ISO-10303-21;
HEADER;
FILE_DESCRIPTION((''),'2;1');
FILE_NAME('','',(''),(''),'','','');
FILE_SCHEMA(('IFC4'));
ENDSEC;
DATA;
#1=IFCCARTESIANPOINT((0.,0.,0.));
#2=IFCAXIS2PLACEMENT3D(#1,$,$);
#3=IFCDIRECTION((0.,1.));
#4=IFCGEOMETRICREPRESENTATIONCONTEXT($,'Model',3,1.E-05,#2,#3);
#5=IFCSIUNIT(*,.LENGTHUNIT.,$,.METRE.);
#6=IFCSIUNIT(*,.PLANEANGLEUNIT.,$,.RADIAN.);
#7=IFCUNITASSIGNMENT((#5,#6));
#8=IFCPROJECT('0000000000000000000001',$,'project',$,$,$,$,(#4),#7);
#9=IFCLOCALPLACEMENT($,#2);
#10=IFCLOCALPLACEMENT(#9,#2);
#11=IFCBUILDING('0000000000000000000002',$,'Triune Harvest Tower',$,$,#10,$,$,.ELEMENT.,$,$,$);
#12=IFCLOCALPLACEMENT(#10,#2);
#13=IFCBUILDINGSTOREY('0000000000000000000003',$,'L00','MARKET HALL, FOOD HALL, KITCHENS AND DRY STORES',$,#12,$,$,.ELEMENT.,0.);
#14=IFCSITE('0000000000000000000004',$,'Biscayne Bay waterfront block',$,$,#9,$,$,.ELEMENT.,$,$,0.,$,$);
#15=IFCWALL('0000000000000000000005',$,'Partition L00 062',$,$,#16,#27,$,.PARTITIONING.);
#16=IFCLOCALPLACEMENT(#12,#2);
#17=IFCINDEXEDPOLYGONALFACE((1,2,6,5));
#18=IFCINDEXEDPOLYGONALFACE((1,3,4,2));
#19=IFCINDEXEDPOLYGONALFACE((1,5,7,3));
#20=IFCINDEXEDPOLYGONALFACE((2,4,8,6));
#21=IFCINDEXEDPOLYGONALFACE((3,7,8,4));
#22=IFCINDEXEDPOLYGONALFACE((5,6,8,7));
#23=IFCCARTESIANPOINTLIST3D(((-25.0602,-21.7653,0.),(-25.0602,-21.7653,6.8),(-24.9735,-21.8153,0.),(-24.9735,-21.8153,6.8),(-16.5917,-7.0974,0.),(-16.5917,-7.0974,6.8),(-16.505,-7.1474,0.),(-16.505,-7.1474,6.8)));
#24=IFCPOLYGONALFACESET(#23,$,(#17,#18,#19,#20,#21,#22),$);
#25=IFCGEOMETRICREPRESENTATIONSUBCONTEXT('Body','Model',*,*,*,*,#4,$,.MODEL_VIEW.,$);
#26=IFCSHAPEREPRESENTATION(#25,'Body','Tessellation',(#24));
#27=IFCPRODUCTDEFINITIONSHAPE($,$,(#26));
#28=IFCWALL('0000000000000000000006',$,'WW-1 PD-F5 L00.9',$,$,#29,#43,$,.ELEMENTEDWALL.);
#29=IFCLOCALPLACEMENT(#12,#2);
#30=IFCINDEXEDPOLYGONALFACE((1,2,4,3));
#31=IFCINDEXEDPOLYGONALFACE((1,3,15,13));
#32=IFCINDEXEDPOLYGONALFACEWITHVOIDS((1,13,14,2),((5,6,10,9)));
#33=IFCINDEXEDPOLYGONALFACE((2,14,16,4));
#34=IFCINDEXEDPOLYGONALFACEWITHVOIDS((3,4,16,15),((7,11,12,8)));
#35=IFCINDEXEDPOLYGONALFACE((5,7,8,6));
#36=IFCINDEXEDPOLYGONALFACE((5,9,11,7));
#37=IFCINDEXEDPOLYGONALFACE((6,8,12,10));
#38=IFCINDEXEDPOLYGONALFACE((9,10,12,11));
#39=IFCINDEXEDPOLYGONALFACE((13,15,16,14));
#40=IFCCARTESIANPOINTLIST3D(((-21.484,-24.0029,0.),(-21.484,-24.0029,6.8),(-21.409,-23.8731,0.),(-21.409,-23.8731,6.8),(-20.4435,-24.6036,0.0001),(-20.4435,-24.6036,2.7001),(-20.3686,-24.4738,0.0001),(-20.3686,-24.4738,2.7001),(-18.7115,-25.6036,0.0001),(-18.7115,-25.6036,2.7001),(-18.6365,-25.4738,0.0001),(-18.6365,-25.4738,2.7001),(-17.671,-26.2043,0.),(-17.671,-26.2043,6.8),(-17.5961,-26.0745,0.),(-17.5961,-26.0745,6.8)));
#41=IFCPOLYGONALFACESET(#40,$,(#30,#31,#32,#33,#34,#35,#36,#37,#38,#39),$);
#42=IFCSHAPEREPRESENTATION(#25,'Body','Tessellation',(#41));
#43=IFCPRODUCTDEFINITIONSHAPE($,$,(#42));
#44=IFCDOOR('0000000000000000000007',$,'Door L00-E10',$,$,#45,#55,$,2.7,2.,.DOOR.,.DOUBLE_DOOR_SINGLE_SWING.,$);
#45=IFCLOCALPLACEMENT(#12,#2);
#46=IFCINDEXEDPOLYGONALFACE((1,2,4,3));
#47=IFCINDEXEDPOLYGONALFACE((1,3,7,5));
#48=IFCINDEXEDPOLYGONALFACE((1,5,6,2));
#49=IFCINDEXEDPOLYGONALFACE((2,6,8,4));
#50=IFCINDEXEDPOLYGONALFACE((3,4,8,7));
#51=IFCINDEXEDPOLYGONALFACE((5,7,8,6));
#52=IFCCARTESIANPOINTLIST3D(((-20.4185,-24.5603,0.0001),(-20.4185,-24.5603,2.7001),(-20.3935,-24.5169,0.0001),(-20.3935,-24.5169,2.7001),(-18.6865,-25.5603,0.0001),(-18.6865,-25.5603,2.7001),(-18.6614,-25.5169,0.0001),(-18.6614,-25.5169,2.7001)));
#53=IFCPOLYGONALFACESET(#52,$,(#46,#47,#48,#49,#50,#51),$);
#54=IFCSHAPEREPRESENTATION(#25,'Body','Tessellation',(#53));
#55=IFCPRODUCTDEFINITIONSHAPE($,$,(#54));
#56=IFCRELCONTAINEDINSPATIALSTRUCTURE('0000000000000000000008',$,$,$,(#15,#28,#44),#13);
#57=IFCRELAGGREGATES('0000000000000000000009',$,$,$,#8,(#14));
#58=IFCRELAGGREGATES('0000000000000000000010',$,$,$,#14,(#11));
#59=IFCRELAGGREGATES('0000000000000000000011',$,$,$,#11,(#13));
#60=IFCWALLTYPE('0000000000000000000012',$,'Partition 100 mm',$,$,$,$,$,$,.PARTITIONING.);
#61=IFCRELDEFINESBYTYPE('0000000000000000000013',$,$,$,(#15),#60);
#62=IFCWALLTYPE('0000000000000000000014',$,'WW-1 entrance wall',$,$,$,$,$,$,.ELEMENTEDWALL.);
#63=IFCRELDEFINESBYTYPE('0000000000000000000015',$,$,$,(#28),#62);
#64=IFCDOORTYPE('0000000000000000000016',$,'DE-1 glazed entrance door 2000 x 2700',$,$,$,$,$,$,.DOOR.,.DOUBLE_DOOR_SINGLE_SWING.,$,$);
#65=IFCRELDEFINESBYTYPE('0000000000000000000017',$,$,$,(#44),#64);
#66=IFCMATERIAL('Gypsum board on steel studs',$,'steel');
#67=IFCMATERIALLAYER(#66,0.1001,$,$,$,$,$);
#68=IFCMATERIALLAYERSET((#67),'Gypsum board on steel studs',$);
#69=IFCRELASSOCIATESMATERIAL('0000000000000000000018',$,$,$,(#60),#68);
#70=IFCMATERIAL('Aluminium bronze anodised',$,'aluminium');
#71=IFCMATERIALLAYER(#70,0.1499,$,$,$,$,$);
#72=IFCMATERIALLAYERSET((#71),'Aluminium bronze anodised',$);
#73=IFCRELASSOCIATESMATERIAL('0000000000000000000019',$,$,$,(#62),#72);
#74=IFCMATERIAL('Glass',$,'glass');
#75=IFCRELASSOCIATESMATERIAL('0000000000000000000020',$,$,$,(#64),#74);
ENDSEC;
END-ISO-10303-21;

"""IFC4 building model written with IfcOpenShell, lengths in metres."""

from ifc_helpers import new_model, si_unit, direction, frame, frame_2d, origin, place, context, subcontext, project, spatial, rectangle, extrude, source, transform, mapped, material, layer, layer_set, type_object, element, fill, save


model = new_model("IFC4")

# Units and contexts
model_context = context("Model", 3, precision=1e-05, world=origin(), true_north=direction((0.0, 1.0)))
body_context = subcontext(model_context, "Body", "Model", "MODEL_VIEW")
ifc_project = project(units=[si_unit("LENGTHUNIT", "METRE"), si_unit("PLANEANGLEUNIT", "RADIAN")], contexts=[model_context])

# Site, building, storey
site_placement = place(None, origin())
site = spatial("IfcSite", under=ifc_project, at=site_placement, Name="Biscayne Bay waterfront block", CompositionType="ELEMENT", RefElevation=0.0)
building_placement = place(site_placement, origin())
building = spatial("IfcBuilding", under=site, at=building_placement, Name="Triune Harvest Tower", CompositionType="ELEMENT")
storey_placement = place(building_placement, origin())
storey = spatial("IfcBuildingStorey", under=building, at=storey_placement, Name="L00", Description="MARKET HALL, FOOD HALL, KITCHENS AND DRY STORES", CompositionType="ELEMENT", Elevation=0.0)

# Wall
ifc_material_1 = material(Name="Gypsum board on steel studs", Category="steel")
ifc_layer_1 = layer(ifc_material_1, 0.1001)
ifc_layer_set_1 = layer_set([ifc_layer_1], Name="Gypsum board on steel studs")
wall_type_1 = type_object("IfcWallType", Name="Partition 100 mm", PredefinedType="PARTITIONING", material=ifc_layer_set_1)
wall_1_placement = place(storey_placement, frame((-25.0168, -21.7903, 0.0), z_axis=(0.0, 0.0, 1.0), x_axis=(0.499998, 0.866027, 0.0)))
element("IfcWall", 1, at=wall_1_placement, inside=storey, type_object=wall_type_1, Name="Partition L00 062", PredefinedType="PARTITIONING", context=body_context, shape_type="SweptSolid", body=[
    extrude(rectangle(XDim=16.937, YDim=0.1001, at=frame_2d((8.4685, 0.0))), origin(), (0.0, 0.0, 1.0), 6.8),
])

# Wall, opening, door
ifc_material_2 = material(Name="Aluminium bronze anodised", Category="aluminium")
ifc_layer_2 = layer(ifc_material_2, 0.1499)
ifc_layer_set_2 = layer_set([ifc_layer_2], Name="Aluminium bronze anodised")
wall_type_2 = type_object("IfcWallType", Name="WW-1 entrance wall", PredefinedType="ELEMENTEDWALL", material=ifc_layer_set_2)
shared_shape_1 = source(origin(), body_context, "Body", "SweptSolid", [
    extrude(rectangle(XDim=4.4028, YDim=0.1499, at=frame_2d((2.2014, 0.0))), origin(), (0.0, 0.0, 1.0), 6.8),
])
wall_2_placement = place(storey_placement, frame((-17.6335, -26.1394, 0.0), z_axis=(0.0, 0.0, 1.0), x_axis=(-0.866027, 0.499998, 0.0)))
wall_2 = element("IfcWall", 2, at=wall_2_placement, inside=storey, type_object=wall_type_2, Name="WW-1 PD-F5 L00.9", PredefinedType="ELEMENTEDWALL", context=body_context, shape_type="MappedRepresentation", body=[
    mapped(shared_shape_1, transform((0.0, 0.0, 0.0), scale=1.0)),
])
opening_1_placement = place(wall_2_placement, frame((1.2014, 0.0, 0.0)))
opening_1 = element("IfcOpeningElement", 3, at=opening_1_placement, cuts=wall_2, PredefinedType="OPENING", context=body_context, shape_type="SweptSolid", body=[
    extrude(rectangle(XDim=2.0, YDim=2.7, at=frame_2d((1.0, 1.3501))), frame((0.0, 0.085, 0.0), z_axis=(0.0, -1.0, 0.0), x_axis=(1.0, 0.0, 0.0)), (0.0, 0.0, 1.0), 0.1699),
])
ifc_material_3 = material(Name="Glass", Category="glass")
door_type_1 = type_object("IfcDoorType", Name="DE-1 glazed entrance door 2000 x 2700", OperationType="DOUBLE_DOOR_SINGLE_SWING", PredefinedType="DOOR", material=ifc_material_3)
door_1_placement = place(opening_1_placement, origin())
door_1 = element("IfcDoor", 4, at=door_1_placement, inside=storey, type_object=door_type_1, Name="Door L00-E10", OperationType="DOUBLE_DOOR_SINGLE_SWING", OverallHeight=2.7, OverallWidth=2.0, PredefinedType="DOOR", context=body_context, shape_type="SweptSolid", body=[
    extrude(rectangle(XDim=2.0, YDim=2.7, at=frame_2d((1.0, 1.3501))), frame((0.0, 0.0249, 0.0), z_axis=(0.0, -1.0, 0.0), x_axis=(1.0, 0.0, 0.0)), (0.0, 0.0, 1.0), 0.05),
])
fill(opening_1, door_1)

save(model, "model.ifc")
